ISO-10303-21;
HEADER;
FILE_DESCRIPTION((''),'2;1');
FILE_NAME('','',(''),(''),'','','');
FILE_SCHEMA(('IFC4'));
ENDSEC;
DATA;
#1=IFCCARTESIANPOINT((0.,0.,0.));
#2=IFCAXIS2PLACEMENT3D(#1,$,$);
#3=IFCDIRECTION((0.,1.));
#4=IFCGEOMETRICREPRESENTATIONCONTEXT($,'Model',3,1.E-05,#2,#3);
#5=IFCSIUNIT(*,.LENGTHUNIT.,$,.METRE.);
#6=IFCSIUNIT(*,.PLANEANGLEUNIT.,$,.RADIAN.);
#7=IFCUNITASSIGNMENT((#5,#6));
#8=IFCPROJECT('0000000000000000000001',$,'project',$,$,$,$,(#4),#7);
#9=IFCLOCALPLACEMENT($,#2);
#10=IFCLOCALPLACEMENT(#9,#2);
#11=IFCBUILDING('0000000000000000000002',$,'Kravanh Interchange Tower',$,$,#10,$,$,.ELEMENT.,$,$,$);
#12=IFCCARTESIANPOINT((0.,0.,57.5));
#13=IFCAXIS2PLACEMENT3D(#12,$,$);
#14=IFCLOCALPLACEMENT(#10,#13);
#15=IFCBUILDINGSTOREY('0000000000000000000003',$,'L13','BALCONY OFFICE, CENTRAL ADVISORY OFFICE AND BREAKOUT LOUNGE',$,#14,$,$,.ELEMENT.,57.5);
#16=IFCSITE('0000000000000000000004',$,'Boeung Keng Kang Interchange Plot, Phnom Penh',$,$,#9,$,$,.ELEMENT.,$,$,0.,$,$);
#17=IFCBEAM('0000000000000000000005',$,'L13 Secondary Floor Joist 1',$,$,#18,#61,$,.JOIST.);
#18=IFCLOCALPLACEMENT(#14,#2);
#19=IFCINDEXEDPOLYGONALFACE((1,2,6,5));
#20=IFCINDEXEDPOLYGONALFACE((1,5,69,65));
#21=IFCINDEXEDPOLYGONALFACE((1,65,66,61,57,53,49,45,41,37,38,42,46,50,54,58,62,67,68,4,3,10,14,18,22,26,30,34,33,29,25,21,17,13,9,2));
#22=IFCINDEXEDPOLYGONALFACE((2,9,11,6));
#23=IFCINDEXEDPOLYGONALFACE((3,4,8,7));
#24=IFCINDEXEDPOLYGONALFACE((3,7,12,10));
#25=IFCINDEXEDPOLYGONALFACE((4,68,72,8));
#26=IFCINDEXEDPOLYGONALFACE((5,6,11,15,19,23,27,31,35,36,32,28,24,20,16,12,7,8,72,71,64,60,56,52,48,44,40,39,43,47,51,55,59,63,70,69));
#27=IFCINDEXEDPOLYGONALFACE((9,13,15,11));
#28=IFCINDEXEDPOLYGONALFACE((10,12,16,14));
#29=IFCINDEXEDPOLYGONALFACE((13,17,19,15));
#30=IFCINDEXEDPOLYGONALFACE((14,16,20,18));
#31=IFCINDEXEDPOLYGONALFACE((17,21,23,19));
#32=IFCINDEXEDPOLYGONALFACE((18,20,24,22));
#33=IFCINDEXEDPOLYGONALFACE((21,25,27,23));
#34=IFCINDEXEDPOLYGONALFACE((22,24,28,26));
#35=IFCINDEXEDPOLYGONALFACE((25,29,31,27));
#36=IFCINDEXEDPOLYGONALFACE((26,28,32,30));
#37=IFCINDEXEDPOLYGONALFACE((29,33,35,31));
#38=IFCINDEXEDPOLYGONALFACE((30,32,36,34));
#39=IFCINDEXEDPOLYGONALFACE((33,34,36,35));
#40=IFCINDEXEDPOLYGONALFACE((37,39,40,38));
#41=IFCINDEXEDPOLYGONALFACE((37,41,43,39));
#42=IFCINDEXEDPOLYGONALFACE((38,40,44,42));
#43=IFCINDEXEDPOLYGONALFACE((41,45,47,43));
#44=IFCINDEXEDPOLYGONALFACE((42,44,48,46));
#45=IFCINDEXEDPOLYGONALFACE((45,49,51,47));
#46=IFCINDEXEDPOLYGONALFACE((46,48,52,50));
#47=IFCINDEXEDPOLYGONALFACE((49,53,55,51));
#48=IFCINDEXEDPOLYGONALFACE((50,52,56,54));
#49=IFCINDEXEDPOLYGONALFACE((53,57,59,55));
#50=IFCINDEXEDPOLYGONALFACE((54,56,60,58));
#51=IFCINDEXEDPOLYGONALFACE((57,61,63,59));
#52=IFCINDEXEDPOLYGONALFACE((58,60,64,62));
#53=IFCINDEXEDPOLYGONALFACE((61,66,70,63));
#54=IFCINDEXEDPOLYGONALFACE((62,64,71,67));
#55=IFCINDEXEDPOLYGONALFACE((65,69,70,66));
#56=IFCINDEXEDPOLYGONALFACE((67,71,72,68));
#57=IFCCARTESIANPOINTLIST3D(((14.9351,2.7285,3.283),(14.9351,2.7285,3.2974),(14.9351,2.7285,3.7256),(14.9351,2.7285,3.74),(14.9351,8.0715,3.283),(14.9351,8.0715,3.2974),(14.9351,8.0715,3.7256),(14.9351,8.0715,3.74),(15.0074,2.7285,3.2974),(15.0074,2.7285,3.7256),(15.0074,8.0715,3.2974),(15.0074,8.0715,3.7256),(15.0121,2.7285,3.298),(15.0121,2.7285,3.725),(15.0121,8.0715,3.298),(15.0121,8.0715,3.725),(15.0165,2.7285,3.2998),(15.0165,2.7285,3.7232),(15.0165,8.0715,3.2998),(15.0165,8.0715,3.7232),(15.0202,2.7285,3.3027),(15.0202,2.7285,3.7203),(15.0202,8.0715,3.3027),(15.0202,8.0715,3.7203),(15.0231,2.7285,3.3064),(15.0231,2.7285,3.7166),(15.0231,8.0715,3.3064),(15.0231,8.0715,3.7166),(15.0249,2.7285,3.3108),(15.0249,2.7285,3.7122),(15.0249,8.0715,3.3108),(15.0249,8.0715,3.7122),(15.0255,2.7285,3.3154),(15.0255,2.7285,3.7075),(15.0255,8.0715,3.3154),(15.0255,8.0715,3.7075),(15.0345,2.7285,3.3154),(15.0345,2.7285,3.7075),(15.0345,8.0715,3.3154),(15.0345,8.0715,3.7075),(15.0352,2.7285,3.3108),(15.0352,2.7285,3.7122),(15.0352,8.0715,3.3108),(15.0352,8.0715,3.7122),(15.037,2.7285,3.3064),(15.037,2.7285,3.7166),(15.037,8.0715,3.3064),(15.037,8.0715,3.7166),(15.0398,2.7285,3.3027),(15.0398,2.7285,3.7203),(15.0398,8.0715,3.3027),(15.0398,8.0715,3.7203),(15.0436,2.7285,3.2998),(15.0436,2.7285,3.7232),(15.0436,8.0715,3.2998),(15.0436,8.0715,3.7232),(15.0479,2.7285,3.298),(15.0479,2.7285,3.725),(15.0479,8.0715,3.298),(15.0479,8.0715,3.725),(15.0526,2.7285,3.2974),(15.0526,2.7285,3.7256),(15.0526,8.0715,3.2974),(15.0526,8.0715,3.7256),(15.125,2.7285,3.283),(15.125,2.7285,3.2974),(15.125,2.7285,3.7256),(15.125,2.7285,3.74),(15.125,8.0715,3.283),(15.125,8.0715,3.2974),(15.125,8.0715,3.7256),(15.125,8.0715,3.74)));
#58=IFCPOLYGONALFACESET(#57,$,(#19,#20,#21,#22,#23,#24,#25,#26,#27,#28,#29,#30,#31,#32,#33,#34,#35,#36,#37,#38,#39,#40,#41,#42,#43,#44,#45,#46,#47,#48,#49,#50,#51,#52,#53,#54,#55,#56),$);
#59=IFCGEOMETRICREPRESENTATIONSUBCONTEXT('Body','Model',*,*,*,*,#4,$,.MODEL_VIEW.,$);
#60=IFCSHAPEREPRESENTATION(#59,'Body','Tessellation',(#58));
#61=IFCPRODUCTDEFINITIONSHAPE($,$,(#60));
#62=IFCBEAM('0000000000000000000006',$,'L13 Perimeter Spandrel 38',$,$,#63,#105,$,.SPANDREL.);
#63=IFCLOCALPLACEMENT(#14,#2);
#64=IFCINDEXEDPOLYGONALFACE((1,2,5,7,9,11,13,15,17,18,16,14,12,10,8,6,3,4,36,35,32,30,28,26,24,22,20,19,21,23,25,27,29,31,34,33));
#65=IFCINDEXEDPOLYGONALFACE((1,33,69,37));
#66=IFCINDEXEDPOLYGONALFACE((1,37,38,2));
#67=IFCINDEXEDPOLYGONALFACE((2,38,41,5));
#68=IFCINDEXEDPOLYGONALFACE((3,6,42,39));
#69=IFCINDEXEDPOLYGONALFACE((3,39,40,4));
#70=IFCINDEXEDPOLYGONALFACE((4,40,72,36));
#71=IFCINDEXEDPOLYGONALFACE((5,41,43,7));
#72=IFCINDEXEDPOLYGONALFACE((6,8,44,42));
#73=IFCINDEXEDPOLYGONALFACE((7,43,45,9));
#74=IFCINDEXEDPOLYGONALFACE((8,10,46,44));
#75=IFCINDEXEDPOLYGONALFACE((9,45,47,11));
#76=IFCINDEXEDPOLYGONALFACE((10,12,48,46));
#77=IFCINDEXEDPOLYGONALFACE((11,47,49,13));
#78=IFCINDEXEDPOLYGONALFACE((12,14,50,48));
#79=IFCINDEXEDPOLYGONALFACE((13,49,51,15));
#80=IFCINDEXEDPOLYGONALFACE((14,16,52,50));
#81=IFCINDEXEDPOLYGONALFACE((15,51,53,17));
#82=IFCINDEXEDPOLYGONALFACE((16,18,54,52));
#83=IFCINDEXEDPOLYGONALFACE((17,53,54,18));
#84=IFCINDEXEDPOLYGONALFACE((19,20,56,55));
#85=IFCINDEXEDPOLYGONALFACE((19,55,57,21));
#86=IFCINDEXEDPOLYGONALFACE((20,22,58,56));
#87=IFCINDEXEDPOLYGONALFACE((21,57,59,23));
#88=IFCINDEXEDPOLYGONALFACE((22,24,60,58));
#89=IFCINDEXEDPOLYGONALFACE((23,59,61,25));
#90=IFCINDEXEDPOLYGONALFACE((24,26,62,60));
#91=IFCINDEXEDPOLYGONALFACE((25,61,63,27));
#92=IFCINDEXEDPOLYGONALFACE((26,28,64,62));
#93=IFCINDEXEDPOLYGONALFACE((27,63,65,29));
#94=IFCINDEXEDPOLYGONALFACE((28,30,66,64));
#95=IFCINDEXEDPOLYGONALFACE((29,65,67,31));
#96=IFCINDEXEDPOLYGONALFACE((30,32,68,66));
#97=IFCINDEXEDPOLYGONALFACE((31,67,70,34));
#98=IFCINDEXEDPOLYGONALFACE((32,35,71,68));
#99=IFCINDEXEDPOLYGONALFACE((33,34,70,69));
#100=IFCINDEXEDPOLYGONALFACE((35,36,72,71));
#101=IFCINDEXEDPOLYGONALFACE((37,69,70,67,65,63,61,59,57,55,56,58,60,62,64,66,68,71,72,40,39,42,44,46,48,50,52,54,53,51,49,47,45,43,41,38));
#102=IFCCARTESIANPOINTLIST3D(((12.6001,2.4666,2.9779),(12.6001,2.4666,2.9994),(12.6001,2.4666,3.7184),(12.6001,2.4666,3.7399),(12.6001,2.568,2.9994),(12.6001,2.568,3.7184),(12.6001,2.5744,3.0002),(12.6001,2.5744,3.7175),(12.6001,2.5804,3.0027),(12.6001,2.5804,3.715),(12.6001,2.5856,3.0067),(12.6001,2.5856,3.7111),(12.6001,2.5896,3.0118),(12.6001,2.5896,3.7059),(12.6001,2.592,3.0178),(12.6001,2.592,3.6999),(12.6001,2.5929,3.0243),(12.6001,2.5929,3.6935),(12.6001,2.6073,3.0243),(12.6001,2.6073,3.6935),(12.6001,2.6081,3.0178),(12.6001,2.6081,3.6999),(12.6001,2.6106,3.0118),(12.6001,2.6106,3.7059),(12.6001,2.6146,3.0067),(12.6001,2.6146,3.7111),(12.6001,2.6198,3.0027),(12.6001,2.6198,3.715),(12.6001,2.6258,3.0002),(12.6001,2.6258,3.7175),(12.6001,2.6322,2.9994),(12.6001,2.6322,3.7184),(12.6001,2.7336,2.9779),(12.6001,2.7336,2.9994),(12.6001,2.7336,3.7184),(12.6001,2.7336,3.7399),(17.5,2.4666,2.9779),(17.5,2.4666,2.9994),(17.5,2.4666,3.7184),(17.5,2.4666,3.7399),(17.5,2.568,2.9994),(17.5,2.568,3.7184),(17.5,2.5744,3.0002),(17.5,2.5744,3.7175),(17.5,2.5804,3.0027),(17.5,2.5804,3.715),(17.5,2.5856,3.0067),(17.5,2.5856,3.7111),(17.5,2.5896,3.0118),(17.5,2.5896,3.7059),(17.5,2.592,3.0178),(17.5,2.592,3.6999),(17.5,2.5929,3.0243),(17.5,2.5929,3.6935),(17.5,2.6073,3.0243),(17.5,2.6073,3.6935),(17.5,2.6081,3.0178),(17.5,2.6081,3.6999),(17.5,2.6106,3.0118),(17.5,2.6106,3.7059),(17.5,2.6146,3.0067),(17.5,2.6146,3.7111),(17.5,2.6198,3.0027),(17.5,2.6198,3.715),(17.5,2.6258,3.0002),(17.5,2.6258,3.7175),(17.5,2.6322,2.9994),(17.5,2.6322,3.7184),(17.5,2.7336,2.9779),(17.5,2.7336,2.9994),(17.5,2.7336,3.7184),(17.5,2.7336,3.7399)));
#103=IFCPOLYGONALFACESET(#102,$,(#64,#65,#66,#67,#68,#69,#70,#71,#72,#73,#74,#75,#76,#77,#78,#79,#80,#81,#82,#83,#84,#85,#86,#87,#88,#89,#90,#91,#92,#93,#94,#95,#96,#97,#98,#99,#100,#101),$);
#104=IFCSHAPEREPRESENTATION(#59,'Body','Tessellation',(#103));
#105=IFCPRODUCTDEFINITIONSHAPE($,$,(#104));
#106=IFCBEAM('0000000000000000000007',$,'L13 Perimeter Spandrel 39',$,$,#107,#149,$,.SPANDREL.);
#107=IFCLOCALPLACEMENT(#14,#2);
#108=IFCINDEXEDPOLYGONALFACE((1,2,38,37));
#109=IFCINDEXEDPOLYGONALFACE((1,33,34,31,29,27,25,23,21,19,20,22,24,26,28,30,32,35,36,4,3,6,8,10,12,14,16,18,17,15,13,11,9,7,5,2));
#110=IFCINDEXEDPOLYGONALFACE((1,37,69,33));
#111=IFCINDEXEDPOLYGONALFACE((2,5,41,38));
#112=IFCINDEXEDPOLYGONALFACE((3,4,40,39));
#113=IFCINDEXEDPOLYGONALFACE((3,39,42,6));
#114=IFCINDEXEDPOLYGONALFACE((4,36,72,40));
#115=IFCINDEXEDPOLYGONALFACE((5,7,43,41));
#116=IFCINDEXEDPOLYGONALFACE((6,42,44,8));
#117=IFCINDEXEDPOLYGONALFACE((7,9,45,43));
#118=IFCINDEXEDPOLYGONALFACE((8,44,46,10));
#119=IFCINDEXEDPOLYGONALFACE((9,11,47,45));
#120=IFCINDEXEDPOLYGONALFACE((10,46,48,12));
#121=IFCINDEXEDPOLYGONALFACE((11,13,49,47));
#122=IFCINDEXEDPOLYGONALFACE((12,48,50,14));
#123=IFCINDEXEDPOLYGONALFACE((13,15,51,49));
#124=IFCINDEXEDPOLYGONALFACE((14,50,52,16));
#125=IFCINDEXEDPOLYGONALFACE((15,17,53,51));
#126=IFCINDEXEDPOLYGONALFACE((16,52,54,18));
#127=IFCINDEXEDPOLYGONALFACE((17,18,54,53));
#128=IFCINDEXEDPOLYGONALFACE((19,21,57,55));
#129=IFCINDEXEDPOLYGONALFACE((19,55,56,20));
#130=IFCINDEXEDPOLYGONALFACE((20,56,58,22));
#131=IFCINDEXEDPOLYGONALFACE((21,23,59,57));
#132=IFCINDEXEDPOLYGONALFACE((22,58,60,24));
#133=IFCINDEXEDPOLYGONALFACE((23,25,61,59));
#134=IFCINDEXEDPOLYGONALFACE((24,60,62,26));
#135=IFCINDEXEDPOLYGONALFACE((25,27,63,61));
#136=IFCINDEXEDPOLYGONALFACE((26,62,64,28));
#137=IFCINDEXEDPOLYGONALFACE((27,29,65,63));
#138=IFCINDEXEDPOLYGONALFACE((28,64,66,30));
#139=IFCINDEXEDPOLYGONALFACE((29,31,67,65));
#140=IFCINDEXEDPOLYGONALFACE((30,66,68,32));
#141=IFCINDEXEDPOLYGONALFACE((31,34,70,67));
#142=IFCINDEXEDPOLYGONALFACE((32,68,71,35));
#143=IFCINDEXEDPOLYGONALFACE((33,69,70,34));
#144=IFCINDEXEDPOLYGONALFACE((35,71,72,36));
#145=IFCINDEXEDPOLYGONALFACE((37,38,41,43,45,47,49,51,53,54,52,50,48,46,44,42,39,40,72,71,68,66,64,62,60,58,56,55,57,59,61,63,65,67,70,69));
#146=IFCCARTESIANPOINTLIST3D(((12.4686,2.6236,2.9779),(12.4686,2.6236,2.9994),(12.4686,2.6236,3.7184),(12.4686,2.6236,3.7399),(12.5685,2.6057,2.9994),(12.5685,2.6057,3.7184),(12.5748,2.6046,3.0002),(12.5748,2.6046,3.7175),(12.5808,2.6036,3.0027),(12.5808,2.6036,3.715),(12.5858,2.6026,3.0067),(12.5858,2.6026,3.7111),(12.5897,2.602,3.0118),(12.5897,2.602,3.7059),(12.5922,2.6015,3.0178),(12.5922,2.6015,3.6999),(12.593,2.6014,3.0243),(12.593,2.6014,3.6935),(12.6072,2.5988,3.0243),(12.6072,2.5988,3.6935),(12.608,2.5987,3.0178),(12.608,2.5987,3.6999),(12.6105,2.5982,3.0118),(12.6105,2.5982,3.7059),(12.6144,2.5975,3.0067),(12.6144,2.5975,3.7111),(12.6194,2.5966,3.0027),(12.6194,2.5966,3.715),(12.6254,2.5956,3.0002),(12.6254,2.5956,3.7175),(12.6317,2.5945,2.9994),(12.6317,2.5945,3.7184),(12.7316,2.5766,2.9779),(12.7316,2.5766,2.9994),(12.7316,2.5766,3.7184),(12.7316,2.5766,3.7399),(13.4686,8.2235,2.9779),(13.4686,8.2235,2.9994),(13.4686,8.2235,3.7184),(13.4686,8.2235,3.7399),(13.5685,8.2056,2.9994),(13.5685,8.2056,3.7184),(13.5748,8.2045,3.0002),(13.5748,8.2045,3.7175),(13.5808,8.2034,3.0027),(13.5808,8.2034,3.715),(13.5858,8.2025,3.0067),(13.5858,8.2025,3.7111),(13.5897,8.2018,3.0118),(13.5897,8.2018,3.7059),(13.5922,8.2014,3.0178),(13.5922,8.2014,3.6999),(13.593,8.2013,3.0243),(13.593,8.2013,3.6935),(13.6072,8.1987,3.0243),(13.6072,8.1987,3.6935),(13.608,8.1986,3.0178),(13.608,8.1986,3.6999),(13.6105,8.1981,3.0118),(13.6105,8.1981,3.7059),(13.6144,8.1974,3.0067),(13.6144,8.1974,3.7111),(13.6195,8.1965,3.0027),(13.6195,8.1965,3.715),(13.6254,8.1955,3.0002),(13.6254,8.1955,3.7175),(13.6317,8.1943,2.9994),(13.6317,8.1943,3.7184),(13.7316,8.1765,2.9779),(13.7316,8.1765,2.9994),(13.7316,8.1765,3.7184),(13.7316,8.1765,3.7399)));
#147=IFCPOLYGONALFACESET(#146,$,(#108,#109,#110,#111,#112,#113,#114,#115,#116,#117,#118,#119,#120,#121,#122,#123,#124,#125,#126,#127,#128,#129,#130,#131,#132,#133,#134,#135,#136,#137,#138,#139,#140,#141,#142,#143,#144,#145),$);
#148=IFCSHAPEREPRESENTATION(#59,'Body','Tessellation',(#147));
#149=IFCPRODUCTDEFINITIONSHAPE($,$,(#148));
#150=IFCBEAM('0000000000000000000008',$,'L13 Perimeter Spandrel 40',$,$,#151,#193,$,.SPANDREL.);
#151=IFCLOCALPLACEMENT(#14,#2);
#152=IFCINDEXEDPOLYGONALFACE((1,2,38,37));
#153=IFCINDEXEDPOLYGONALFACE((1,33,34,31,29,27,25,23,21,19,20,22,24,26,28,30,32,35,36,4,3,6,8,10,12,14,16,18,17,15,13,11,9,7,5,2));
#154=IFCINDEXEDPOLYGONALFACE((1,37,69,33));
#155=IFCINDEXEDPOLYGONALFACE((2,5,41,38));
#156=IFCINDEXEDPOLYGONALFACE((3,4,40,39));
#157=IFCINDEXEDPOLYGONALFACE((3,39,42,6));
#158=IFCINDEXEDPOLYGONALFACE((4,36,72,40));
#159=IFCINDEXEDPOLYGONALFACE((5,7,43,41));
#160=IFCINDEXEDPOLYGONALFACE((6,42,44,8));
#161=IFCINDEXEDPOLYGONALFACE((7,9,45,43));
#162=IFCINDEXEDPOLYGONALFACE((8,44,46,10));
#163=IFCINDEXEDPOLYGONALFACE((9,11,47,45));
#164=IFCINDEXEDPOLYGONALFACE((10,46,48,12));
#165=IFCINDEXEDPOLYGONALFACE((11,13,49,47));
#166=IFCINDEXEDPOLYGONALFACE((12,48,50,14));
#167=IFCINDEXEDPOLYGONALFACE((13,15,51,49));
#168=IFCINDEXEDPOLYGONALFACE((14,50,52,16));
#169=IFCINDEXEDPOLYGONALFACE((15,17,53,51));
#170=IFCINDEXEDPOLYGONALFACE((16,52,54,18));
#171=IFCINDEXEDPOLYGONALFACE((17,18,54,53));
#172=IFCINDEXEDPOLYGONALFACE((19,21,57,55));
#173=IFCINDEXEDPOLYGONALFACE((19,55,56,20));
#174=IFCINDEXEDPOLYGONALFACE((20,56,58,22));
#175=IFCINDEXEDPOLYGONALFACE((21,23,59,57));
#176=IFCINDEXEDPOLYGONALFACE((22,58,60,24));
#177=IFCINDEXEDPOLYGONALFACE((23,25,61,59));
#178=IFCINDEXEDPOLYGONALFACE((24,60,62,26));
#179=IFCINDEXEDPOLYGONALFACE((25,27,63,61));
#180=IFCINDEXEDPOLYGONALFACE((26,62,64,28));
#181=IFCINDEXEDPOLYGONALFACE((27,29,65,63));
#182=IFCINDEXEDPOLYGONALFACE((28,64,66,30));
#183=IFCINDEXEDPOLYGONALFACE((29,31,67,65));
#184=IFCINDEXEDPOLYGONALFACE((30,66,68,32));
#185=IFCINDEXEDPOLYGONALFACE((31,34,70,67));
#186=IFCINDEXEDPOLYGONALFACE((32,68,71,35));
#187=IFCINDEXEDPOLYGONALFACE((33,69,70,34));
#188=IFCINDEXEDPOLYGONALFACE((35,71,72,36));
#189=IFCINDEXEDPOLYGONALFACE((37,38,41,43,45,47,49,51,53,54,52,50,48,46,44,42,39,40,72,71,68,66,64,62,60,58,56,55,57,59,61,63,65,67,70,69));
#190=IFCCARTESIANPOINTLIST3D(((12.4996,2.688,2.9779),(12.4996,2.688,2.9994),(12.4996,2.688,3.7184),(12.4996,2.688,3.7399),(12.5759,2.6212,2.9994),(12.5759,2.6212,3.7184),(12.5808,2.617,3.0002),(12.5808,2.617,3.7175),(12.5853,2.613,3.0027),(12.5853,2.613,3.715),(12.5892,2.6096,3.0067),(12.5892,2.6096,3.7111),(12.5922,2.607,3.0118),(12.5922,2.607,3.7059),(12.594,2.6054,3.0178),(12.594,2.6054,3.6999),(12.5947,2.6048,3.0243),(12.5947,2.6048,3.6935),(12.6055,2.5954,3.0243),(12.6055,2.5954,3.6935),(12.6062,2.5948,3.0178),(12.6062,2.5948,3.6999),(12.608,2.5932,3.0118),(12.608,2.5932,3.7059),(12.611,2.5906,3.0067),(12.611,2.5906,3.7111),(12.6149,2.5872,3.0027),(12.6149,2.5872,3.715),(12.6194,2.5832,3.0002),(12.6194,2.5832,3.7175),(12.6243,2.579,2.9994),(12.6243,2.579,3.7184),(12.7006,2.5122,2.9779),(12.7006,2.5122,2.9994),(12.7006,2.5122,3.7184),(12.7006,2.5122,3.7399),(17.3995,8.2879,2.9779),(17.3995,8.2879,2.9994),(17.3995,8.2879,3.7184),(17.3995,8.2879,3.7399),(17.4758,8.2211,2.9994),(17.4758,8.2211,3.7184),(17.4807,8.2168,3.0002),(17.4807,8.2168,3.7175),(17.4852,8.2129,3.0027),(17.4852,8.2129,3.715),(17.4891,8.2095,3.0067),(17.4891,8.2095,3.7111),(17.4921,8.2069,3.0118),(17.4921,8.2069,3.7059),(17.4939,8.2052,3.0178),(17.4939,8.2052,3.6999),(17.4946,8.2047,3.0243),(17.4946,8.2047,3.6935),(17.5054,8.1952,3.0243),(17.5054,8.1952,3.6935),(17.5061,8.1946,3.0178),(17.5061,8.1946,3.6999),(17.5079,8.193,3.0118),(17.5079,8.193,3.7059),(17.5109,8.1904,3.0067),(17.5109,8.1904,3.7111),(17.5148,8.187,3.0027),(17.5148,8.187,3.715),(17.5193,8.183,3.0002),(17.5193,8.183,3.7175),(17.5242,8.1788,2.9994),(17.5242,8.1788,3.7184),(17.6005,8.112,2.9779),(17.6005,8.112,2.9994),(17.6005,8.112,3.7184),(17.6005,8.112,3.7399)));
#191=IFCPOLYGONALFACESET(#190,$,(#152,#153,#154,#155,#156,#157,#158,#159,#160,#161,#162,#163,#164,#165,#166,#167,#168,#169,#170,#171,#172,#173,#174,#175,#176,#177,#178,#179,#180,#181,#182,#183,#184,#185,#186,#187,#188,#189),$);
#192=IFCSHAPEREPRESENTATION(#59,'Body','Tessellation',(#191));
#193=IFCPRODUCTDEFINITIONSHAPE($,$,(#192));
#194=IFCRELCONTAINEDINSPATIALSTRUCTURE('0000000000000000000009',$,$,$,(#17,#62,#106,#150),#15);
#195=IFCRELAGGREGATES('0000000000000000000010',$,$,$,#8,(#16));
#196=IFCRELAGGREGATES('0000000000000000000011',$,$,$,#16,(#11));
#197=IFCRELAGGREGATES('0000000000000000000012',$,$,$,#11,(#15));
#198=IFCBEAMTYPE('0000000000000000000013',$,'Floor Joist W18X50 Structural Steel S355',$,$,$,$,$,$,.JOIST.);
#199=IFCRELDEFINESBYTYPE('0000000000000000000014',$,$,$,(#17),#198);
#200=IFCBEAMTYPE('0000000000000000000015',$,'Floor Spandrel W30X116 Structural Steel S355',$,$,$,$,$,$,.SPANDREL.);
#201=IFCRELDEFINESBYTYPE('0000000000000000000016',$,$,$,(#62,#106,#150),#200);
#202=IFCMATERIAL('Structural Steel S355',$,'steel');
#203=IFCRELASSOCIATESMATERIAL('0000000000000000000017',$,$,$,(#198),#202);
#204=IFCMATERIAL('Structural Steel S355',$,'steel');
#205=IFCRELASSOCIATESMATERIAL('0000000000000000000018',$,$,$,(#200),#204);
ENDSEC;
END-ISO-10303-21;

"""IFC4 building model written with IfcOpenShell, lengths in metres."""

from ifc_helpers import new_model, si_unit, direction, frame, origin, origin_2d, place, context, subcontext, project, spatial, i_section, extrude, material, material_profile, profile_set, type_object, element, save


model = new_model("IFC4")

# Units and contexts
model_context = context("Model", 3, precision=1e-05, world=origin(), true_north=direction((0.0, 1.0)))
body_context = subcontext(model_context, "Body", "Model", "MODEL_VIEW")
ifc_project = project(units=[si_unit("LENGTHUNIT", "METRE"), si_unit("PLANEANGLEUNIT", "RADIAN")], contexts=[model_context])

# Site, building, storey
site_placement = place(None, origin())
site = spatial("IfcSite", under=ifc_project, at=site_placement, Name="Boeung Keng Kang Interchange Plot, Phnom Penh", CompositionType="ELEMENT", RefElevation=0.0)
building_placement = place(site_placement, origin())
building = spatial("IfcBuilding", under=site, at=building_placement, Name="Kravanh Interchange Tower", CompositionType="ELEMENT")
storey_placement = place(building_placement, frame((0.0, 0.0, 57.5)))
storey = spatial("IfcBuildingStorey", under=building, at=storey_placement, Name="L13", Description="BALCONY OFFICE, CENTRAL ADVISORY OFFICE AND BREAKOUT LOUNGE", CompositionType="ELEMENT", Elevation=57.5)

# Beams
ifc_material_1 = material(Name="Structural Steel S355", Category="steel")
ifc_material_profile_1 = material_profile(ifc_material_1, i_section(OverallWidth=0.1899, OverallDepth=0.457, WebThickness=0.009, FlangeThickness=0.0144, FilletRadius=0.0181, at=origin_2d()), Name="W18X50")
ifc_profile_set_1 = profile_set([ifc_material_profile_1], Name="Structural Steel S355")
beam_type_1 = type_object("IfcBeamType", Name="Floor Joist W18X50 Structural Steel S355", PredefinedType="JOIST", material=ifc_profile_set_1)
beam_1_placement = place(storey_placement, frame((15.03, 2.7285, 3.5115), z_axis=(0.0, 1.0, 0.0), x_axis=(-1.0, 0.0, 0.0)))
element("IfcBeam", 1, at=beam_1_placement, inside=storey, type_object=beam_type_1, Name="L13 Secondary Floor Joist 1", PredefinedType="JOIST", context=body_context, shape_type="SweptSolid", body=[
    extrude(i_section(OverallWidth=0.1899, OverallDepth=0.457, WebThickness=0.009, FlangeThickness=0.0144, FilletRadius=0.0181, at=origin_2d()), origin(), (0.0, 0.0, 1.0), 5.343),
])
ifc_material_2 = material(Name="Structural Steel S355", Category="steel")
ifc_material_profile_2 = material_profile(ifc_material_2, i_section(OverallWidth=0.2671, OverallDepth=0.762, WebThickness=0.0144, FlangeThickness=0.0215, FilletRadius=0.0249, at=origin_2d()), Name="W30X116")
ifc_profile_set_2 = profile_set([ifc_material_profile_2], Name="Structural Steel S355")
beam_type_2 = type_object("IfcBeamType", Name="Floor Spandrel W30X116 Structural Steel S355", PredefinedType="SPANDREL", material=ifc_profile_set_2)
beam_2_placement = place(storey_placement, frame((12.6001, 2.6001, 3.3589), z_axis=(1.0, 0.0, 0.0), x_axis=(0.0, 1.0, 0.0)))
element("IfcBeam", 2, at=beam_2_placement, inside=storey, type_object=beam_type_2, Name="L13 Perimeter Spandrel 38", PredefinedType="SPANDREL", context=body_context, shape_type="SweptSolid", body=[
    extrude(i_section(OverallWidth=0.2671, OverallDepth=0.762, WebThickness=0.0144, FlangeThickness=0.0215, FilletRadius=0.0249, at=origin_2d()), origin(), (0.0, 0.0, 1.0), 4.8999),
])
beam_3_placement = place(storey_placement, frame((12.6001, 2.6001, 3.3589), z_axis=(0.175795, 0.984427, 0.0), x_axis=(-0.984427, 0.175795, 0.0)))
element("IfcBeam", 3, at=beam_3_placement, inside=storey, type_object=beam_type_2, Name="L13 Perimeter Spandrel 39", PredefinedType="SPANDREL", context=body_context, shape_type="SweptSolid", body=[
    extrude(i_section(OverallWidth=0.2671, OverallDepth=0.762, WebThickness=0.0144, FlangeThickness=0.0215, FilletRadius=0.0249, at=origin_2d()), origin(), (0.0, 0.0, 1.0), 5.6885),
])
beam_4_placement = place(storey_placement, frame((12.6001, 2.6001, 3.3589), z_axis=(0.658507, 0.752575, 0.0), x_axis=(-0.752575, 0.658507, 0.0)))
element("IfcBeam", 4, at=beam_4_placement, inside=storey, type_object=beam_type_2, Name="L13 Perimeter Spandrel 40", PredefinedType="SPANDREL", context=body_context, shape_type="SweptSolid", body=[
    extrude(i_section(OverallWidth=0.2671, OverallDepth=0.762, WebThickness=0.0144, FlangeThickness=0.0215, FilletRadius=0.0249, at=origin_2d()), origin(), (0.0, 0.0, 1.0), 7.4409),
])

save(model, "model.ifc")
